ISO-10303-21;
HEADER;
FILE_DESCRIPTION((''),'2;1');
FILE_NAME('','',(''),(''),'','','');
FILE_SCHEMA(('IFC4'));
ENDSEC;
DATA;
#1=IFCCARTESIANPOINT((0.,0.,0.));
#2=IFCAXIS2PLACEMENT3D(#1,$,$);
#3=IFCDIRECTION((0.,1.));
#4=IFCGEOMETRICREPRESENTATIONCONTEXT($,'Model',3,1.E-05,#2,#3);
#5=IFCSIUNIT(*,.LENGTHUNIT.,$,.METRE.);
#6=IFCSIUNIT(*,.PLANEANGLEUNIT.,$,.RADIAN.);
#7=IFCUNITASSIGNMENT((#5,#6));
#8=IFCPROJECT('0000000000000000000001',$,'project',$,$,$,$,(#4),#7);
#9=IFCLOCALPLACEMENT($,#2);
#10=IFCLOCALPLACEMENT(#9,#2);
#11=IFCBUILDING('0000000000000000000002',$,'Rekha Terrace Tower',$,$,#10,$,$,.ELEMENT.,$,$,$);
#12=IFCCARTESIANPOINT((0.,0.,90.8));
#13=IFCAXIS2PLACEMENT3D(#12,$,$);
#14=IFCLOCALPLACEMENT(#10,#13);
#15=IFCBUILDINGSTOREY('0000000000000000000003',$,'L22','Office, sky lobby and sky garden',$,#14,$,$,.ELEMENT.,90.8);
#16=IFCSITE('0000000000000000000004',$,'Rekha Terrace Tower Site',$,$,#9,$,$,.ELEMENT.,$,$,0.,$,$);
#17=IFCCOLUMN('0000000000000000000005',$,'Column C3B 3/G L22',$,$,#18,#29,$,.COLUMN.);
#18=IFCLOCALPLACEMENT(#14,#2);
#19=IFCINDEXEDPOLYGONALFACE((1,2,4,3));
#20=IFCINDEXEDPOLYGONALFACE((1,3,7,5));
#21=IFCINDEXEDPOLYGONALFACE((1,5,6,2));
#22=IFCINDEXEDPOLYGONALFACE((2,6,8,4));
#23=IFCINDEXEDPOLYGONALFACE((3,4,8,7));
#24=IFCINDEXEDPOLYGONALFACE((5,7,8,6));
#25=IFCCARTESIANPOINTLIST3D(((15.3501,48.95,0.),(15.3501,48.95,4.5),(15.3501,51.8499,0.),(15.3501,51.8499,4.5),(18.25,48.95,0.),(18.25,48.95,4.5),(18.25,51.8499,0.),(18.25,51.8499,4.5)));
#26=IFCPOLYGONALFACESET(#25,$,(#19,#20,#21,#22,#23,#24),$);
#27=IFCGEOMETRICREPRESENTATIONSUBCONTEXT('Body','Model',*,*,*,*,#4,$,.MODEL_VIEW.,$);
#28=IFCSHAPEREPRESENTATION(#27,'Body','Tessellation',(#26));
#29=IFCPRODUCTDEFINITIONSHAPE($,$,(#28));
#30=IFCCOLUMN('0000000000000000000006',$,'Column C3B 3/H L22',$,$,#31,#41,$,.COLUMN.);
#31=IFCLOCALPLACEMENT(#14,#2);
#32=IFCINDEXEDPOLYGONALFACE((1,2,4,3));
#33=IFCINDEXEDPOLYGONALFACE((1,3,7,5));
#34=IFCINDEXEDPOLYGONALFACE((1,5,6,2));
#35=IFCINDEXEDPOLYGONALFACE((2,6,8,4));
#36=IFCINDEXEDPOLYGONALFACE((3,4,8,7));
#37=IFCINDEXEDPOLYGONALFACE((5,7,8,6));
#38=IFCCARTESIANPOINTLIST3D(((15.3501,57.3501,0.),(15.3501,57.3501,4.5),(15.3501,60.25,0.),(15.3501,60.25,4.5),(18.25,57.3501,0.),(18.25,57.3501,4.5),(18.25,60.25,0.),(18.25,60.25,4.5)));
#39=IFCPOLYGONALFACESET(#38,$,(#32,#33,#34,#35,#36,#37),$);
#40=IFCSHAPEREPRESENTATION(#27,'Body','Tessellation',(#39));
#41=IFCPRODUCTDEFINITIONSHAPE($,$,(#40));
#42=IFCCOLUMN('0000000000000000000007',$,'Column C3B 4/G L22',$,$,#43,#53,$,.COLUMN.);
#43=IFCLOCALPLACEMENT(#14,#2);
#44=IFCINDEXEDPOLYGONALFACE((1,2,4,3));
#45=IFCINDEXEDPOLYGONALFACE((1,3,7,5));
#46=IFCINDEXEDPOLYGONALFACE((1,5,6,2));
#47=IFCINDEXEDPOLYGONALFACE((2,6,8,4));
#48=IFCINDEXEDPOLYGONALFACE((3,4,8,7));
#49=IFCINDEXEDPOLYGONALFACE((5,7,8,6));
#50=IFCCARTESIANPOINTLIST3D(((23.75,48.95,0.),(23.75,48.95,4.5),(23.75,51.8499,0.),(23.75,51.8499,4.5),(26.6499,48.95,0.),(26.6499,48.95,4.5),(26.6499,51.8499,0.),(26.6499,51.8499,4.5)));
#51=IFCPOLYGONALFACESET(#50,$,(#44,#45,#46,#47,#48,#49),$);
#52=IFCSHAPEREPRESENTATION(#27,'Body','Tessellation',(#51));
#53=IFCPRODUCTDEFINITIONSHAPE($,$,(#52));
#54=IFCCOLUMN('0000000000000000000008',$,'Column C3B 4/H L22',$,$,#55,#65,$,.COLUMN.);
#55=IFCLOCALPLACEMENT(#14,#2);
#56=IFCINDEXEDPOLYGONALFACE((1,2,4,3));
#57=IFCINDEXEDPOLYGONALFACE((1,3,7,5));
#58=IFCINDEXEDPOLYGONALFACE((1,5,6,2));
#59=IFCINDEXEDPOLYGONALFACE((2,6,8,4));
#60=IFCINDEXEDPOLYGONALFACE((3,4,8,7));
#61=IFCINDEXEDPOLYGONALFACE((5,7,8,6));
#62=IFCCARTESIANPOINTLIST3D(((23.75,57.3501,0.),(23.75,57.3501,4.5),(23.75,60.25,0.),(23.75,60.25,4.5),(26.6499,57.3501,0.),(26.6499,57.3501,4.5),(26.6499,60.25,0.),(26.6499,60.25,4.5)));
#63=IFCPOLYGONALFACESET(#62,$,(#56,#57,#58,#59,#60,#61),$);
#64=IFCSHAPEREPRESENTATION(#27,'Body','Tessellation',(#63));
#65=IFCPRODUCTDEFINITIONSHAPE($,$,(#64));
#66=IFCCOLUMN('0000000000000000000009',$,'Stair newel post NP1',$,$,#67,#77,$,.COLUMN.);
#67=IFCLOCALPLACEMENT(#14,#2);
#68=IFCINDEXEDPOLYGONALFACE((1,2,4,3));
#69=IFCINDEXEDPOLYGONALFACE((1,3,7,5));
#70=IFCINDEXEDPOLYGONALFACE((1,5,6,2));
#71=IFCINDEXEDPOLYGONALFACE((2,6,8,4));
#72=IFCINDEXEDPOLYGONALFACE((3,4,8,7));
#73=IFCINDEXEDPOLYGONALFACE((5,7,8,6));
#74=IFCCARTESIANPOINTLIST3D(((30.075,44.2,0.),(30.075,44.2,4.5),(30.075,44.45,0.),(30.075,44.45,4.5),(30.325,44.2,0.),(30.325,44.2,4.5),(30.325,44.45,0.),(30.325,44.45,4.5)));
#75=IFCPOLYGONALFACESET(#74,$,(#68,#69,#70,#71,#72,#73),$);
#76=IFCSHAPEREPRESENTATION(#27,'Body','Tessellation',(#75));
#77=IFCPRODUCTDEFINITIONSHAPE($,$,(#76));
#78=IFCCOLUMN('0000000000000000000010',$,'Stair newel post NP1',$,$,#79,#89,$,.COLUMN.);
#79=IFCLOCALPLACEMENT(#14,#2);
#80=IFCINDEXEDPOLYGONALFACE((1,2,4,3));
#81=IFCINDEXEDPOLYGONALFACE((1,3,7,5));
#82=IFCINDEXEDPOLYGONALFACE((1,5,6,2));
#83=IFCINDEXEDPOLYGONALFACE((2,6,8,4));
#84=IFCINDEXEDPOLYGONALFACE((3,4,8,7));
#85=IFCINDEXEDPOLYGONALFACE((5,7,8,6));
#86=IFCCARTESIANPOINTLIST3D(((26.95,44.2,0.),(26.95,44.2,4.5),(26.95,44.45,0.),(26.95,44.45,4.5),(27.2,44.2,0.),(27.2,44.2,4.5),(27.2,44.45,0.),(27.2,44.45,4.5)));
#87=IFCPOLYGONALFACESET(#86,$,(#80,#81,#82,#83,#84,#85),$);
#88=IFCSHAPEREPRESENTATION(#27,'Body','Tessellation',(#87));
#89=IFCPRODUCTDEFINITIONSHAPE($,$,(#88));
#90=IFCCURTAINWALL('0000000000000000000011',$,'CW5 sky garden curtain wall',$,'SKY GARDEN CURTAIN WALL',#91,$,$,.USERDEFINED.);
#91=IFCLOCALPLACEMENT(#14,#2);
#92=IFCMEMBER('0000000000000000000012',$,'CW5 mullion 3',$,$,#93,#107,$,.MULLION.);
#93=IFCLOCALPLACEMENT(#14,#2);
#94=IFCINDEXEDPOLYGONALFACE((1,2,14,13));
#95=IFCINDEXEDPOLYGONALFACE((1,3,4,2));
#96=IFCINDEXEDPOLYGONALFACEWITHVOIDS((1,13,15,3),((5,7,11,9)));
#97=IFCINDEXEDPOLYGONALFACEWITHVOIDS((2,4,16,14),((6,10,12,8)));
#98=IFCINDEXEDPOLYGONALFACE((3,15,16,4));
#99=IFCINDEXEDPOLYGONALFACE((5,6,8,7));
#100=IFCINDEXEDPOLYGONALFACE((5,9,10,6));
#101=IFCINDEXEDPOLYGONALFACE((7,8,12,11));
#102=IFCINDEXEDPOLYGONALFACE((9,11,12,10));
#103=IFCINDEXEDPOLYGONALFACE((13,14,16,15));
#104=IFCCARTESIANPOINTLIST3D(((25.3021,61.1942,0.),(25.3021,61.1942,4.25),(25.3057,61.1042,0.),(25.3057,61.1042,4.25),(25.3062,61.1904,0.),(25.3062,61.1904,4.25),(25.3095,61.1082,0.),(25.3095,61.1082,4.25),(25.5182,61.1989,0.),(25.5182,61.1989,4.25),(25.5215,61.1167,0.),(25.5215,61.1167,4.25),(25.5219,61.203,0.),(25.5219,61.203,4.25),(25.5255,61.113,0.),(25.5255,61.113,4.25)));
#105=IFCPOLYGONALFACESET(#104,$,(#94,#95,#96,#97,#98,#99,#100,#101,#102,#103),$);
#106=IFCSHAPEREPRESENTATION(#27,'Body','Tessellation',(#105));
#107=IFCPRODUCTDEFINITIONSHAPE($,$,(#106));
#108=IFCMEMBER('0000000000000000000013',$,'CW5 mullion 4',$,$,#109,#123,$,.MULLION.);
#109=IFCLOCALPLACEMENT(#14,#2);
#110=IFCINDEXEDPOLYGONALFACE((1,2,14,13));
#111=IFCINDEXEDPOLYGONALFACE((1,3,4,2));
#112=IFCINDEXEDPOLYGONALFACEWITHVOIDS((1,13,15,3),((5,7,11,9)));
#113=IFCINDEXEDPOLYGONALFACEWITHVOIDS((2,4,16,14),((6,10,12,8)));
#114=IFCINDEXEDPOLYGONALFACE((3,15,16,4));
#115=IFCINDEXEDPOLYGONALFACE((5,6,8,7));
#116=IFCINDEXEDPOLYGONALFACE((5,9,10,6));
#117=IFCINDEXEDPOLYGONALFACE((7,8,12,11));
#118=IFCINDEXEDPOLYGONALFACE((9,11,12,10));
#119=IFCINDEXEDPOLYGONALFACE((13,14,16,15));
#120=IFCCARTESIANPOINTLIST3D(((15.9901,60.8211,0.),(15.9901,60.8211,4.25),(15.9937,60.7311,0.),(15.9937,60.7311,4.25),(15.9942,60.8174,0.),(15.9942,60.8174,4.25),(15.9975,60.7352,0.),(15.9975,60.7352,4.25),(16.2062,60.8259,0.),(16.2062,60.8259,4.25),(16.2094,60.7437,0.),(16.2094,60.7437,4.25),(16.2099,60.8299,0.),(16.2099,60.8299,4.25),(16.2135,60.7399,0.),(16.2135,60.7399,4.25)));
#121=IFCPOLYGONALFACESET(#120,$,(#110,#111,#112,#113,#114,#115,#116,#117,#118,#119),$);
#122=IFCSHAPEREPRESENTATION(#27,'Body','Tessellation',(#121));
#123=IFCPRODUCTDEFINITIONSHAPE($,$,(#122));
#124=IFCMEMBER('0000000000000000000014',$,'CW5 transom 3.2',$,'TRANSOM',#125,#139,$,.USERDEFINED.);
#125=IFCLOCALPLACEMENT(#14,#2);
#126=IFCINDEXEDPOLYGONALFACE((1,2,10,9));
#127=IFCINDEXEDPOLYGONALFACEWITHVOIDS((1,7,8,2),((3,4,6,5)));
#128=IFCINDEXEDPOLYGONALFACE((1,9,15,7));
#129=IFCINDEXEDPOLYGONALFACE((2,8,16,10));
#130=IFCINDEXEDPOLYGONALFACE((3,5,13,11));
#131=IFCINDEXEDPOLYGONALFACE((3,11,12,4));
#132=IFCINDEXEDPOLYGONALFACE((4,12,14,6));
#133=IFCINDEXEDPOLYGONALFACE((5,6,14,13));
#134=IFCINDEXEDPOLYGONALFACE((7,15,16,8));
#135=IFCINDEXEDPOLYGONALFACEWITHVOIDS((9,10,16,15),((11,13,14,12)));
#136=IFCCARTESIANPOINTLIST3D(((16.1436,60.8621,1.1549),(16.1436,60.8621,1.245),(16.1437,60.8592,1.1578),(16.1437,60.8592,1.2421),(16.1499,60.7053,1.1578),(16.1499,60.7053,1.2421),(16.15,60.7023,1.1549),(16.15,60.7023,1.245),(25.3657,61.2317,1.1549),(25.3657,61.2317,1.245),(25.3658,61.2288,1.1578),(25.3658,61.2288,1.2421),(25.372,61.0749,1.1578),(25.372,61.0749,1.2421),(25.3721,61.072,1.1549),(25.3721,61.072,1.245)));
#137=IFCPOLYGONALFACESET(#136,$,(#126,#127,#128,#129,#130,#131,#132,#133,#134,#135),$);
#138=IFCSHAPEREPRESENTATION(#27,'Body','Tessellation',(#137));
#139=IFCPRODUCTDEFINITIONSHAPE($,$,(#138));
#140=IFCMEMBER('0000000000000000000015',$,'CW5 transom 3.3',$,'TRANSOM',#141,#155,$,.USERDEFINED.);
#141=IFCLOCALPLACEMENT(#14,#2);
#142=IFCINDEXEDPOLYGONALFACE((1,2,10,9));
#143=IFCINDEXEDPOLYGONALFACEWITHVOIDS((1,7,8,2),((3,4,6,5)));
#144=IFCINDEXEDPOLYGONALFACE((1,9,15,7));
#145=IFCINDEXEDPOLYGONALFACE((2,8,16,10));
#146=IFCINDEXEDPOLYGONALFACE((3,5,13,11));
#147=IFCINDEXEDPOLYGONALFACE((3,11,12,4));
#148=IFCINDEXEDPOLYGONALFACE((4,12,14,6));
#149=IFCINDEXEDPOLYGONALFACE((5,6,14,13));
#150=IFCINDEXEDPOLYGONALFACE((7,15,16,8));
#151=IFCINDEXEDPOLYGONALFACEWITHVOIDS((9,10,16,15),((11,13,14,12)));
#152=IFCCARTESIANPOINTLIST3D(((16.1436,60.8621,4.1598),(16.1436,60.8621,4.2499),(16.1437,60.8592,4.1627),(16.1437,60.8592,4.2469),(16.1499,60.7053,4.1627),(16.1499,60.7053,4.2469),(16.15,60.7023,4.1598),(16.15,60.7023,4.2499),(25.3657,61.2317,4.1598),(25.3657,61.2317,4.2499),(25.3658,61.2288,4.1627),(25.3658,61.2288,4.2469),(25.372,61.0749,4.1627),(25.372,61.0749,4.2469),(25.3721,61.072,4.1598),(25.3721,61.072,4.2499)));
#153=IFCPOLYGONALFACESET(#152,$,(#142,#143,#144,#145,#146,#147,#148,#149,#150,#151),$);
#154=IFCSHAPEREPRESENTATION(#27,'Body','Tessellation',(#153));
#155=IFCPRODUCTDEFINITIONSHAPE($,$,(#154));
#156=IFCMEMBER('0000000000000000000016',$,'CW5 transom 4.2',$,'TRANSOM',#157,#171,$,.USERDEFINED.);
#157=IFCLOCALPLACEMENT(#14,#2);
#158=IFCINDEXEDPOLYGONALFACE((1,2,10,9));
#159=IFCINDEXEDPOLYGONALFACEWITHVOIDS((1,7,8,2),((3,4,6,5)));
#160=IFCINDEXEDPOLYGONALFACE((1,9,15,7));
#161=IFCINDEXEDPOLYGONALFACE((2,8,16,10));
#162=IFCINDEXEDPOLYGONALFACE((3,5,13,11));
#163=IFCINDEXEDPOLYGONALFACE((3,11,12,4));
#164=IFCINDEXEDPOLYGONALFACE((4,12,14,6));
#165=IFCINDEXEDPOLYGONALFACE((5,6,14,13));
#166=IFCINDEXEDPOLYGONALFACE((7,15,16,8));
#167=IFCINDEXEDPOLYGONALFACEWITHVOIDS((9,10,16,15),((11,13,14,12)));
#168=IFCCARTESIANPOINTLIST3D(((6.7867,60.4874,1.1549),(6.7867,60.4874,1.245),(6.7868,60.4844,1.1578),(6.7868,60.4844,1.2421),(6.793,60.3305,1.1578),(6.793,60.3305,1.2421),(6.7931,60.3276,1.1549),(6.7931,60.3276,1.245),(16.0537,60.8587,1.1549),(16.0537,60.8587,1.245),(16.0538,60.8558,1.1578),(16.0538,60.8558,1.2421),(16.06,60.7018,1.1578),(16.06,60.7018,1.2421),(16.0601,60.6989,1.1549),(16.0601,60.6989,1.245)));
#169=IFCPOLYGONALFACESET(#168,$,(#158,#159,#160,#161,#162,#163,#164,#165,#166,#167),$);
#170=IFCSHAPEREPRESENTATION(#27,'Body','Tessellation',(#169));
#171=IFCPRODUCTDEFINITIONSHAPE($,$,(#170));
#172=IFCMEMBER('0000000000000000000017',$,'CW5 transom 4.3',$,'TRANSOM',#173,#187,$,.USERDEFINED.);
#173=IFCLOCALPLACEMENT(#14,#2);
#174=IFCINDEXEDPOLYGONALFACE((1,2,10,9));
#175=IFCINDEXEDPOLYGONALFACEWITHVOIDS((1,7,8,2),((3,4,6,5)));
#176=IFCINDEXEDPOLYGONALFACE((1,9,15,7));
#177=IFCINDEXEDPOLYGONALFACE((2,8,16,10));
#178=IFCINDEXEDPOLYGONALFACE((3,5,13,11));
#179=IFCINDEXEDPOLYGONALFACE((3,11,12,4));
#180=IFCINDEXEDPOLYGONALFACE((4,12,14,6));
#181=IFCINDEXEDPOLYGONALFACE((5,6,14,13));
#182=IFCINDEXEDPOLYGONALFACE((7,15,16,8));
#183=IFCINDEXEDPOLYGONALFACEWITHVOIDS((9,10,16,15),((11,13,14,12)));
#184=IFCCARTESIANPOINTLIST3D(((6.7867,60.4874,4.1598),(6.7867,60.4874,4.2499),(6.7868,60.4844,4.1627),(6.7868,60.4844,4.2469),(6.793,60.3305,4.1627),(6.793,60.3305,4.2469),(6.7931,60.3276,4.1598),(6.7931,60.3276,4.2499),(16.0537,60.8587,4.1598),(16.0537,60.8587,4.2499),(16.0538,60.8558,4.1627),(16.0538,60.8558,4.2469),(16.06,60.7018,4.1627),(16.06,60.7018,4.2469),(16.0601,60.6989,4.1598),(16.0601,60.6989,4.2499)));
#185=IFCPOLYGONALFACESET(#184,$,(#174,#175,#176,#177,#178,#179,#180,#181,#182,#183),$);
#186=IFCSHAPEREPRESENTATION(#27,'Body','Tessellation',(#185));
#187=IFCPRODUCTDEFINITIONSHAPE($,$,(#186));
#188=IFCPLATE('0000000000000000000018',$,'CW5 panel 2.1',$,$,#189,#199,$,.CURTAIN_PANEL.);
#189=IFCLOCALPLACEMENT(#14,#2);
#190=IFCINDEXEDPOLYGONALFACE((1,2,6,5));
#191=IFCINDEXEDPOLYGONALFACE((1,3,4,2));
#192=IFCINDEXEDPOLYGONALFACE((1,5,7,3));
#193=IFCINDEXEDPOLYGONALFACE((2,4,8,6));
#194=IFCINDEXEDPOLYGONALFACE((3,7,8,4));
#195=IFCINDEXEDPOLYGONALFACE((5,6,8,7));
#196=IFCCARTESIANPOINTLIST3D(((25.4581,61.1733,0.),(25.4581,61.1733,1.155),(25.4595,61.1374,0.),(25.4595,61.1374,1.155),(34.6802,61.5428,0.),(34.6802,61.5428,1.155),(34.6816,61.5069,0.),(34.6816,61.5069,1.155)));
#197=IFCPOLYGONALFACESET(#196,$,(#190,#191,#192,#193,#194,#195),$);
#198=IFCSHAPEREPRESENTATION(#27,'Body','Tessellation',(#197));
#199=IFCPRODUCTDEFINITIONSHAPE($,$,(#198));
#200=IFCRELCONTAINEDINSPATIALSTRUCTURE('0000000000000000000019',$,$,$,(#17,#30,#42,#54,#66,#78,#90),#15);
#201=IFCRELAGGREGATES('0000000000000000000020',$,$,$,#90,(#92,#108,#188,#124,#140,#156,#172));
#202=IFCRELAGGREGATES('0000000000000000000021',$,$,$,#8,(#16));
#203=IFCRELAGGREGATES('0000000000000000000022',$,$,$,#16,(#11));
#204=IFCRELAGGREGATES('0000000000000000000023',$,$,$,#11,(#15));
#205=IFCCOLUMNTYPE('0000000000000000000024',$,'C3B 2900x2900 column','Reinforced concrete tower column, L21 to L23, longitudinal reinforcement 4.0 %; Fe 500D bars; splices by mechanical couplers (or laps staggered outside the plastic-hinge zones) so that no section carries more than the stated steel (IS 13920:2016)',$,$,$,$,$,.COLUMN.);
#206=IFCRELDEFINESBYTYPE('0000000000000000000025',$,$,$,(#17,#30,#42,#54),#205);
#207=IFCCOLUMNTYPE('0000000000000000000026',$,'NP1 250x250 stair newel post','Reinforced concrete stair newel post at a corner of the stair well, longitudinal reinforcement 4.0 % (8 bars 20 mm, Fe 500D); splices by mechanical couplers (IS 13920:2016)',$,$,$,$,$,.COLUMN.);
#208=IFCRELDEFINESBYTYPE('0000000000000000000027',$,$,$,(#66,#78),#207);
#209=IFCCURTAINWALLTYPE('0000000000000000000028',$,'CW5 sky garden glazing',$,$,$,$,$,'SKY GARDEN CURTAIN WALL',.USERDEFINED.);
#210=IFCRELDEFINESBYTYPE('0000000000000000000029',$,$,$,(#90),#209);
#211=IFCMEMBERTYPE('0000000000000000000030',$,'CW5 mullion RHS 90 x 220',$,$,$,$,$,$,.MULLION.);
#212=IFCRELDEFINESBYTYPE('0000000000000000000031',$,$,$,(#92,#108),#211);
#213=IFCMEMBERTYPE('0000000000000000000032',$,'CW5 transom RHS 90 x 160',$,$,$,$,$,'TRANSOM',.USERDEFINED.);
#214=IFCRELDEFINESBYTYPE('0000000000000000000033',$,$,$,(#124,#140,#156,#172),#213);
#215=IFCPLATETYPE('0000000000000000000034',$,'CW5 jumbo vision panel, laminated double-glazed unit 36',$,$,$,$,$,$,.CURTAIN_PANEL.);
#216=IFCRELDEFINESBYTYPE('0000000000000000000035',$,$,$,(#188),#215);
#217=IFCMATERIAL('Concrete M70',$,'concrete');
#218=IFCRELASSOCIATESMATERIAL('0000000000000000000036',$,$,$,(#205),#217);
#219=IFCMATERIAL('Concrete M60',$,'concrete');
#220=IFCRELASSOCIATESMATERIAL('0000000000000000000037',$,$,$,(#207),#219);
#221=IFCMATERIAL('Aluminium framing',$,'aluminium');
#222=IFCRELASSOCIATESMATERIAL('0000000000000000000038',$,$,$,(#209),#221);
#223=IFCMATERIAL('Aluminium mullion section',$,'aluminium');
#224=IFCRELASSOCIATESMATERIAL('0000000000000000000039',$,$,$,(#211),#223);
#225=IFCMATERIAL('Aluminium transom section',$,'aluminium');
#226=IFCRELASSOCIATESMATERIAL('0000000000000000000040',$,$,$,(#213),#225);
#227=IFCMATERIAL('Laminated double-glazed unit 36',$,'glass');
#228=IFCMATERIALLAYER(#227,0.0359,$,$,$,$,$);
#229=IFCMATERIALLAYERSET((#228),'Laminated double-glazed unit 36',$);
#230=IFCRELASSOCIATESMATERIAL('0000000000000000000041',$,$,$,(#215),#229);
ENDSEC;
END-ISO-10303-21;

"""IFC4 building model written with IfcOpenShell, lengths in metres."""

from ifc_helpers import new_model, si_unit, direction, frame, origin, origin_2d, place, context, subcontext, project, spatial, rectangle, hollow_rectangle, extrude, material, layer, layer_set, material_profile, profile_set, type_object, element, aggregate, save


model = new_model("IFC4")

# Units and contexts
model_context = context("Model", 3, precision=1e-05, world=origin(), true_north=direction((0.0, 1.0)))
body_context = subcontext(model_context, "Body", "Model", "MODEL_VIEW")
ifc_project = project(units=[si_unit("LENGTHUNIT", "METRE"), si_unit("PLANEANGLEUNIT", "RADIAN")], contexts=[model_context])

# Site, building, storey
site_placement = place(None, origin())
site = spatial("IfcSite", under=ifc_project, at=site_placement, Name="Rekha Terrace Tower Site", CompositionType="ELEMENT", RefElevation=0.0)
building_placement = place(site_placement, origin())
building = spatial("IfcBuilding", under=site, at=building_placement, Name="Rekha Terrace Tower", CompositionType="ELEMENT")
storey_placement = place(building_placement, frame((0.0, 0.0, 90.8)))
storey = spatial("IfcBuildingStorey", under=building, at=storey_placement, Name="L22", Description="Office, sky lobby and sky garden", CompositionType="ELEMENT", Elevation=90.8)

# Columns
ifc_material_1 = material(Name="Concrete M70", Category="concrete")
ifc_material_profile_1 = material_profile(ifc_material_1, rectangle(XDim=2.8999, YDim=2.8999, at=origin_2d()), Name="RC 2900x2900")
ifc_profile_set_1 = profile_set([ifc_material_profile_1], Name="Concrete M70")
column_type_1 = type_object("IfcColumnType", Name="C3B 2900x2900 column", Description="Reinforced concrete tower column, L21 to L23, longitudinal reinforcement 4.0 %; Fe 500D bars; splices by mechanical couplers (or laps staggered outside the plastic-hinge zones) so that no section carries more than the stated steel (IS 13920:2016)", PredefinedType="COLUMN", material=ifc_profile_set_1)
for number, where, z_axis, x_axis, name in (
    (1, (16.8, 50.3999, 0.0), (0.0, 0.0, 1.0), (1.0, 0.0, 0.0), "Column C3B 3/G L22"),
    (2, (16.8, 58.8, 0.0), (0.0, 0.0, 1.0), (1.0, 0.0, 0.0), "Column C3B 3/H L22"),
    (3, (25.2, 50.3999, 0.0), (0.0, 0.0, 1.0), (1.0, 0.0, 0.0), "Column C3B 4/G L22"),
    (4, (25.2, 58.8, 0.0), (0.0, 0.0, 1.0), (1.0, 0.0, 0.0), "Column C3B 4/H L22"),
):
    element("IfcColumn", number, at=place(storey_placement, frame(where, z_axis=z_axis, x_axis=x_axis)), inside=storey, type_object=column_type_1, Name=name, PredefinedType="COLUMN", context=body_context, shape_type="SweptSolid", body=[
        extrude(rectangle(XDim=2.8999, YDim=2.8999, at=origin_2d()), origin(), (0.0, 0.0, 1.0), 4.5),
    ])
ifc_material_2 = material(Name="Concrete M60", Category="concrete")
ifc_material_profile_2 = material_profile(ifc_material_2, rectangle(XDim=0.25, YDim=0.25, at=origin_2d()), Name="RC 250x250")
ifc_profile_set_2 = profile_set([ifc_material_profile_2], Name="Concrete M60")
column_type_2 = type_object("IfcColumnType", Name="NP1 250x250 stair newel post", Description="Reinforced concrete stair newel post at a corner of the stair well, longitudinal reinforcement 4.0 % (8 bars 20 mm, Fe 500D); splices by mechanical couplers (IS 13920:2016)", PredefinedType="COLUMN", material=ifc_profile_set_2)
for number, where, z_axis, x_axis, name in (
    (5, (30.2, 44.325, 0.0), (0.0, 0.0, 1.0), (1.0, 0.0, 0.0), "Stair newel post NP1"),
    (6, (27.075, 44.325, 0.0), (0.0, 0.0, 1.0), (1.0, 0.0, 0.0), "Stair newel post NP1"),
):
    element("IfcColumn", number, at=place(storey_placement, frame(where, z_axis=z_axis, x_axis=x_axis)), inside=storey, type_object=column_type_2, Name=name, PredefinedType="COLUMN", context=body_context, shape_type="SweptSolid", body=[
        extrude(rectangle(XDim=0.25, YDim=0.25, at=origin_2d()), origin(), (0.0, 0.0, 1.0), 4.5),
    ])

# Curtain wall, members, plate
ifc_material_3 = material(Name="Aluminium framing", Category="aluminium")
curtain_wall_type = type_object("IfcCurtainWallType", Name="CW5 sky garden glazing", ElementType="SKY GARDEN CURTAIN WALL", PredefinedType="USERDEFINED", material=ifc_material_3)
curtain_wall_placement = place(storey_placement, origin())
curtain_wall = element("IfcCurtainWall", 7, at=curtain_wall_placement, inside=storey, type_object=curtain_wall_type, Name="CW5 sky garden curtain wall", ObjectType="SKY GARDEN CURTAIN WALL", PredefinedType="USERDEFINED")
ifc_material_4 = material(Name="Aluminium mullion section", Category="aluminium")
ifc_material_profile_3 = material_profile(ifc_material_4, hollow_rectangle(XDim=0.0901, YDim=0.22, WallThickness=0.0039, at=origin_2d()), Name="AL RHS 90x220")
ifc_profile_set_3 = profile_set([ifc_material_profile_3], Name="Aluminium mullion section")
member_type_1 = type_object("IfcMemberType", Name="CW5 mullion RHS 90 x 220", PredefinedType="MULLION", material=ifc_profile_set_3)
member_1_placement = place(storey_placement, frame((25.4138, 61.1536, 0.0), z_axis=(0.0, 0.0, 1.0), x_axis=(0.040032, -0.999198, 0.0)))
member_1 = element("IfcMember", 8, at=member_1_placement, type_object=member_type_1, Name="CW5 mullion 3", PredefinedType="MULLION", context=body_context, shape_type="SweptSolid", body=[
    extrude(hollow_rectangle(XDim=0.0901, YDim=0.22, WallThickness=0.0039, at=origin_2d()), origin(), (0.0, 0.0, 1.0), 4.25),
])
member_2_placement = place(storey_placement, frame((16.1018, 60.7805, 0.0), z_axis=(0.0, 0.0, 1.0), x_axis=(0.040032, -0.999198, 0.0)))
member_2 = element("IfcMember", 9, at=member_2_placement, type_object=member_type_1, Name="CW5 mullion 4", PredefinedType="MULLION", context=body_context, shape_type="SweptSolid", body=[
    extrude(hollow_rectangle(XDim=0.0901, YDim=0.22, WallThickness=0.0039, at=origin_2d()), origin(), (0.0, 0.0, 1.0), 4.25),
])
ifc_material_5 = material(Name="Aluminium transom section", Category="aluminium")
ifc_material_profile_4 = material_profile(ifc_material_5, hollow_rectangle(XDim=0.1599, YDim=0.0901, WallThickness=0.0029, at=origin_2d()), Name="AL RHS 160x90")
ifc_profile_set_4 = profile_set([ifc_material_profile_4], Name="Aluminium transom section")
member_type_2 = type_object("IfcMemberType", Name="CW5 transom RHS 90 x 160", ElementType="TRANSOM", PredefinedType="USERDEFINED", material=ifc_profile_set_4)
member_3_placement = place(storey_placement, frame((25.3689, 61.1519, 1.2), z_axis=(-0.999198, -0.040048, 0.0), x_axis=(0.040048, -0.999198, 0.0)))
member_3 = element("IfcMember", 10, at=member_3_placement, type_object=member_type_2, Name="CW5 transom 3.2", ObjectType="TRANSOM", PredefinedType="USERDEFINED", context=body_context, shape_type="SweptSolid", body=[
    extrude(hollow_rectangle(XDim=0.1599, YDim=0.0901, WallThickness=0.0029, at=origin_2d()), origin(), (0.0, 0.0, 1.0), 9.2295),
])
member_4_placement = place(storey_placement, frame((25.3689, 61.1519, 4.2048), z_axis=(-0.999198, -0.040048, 0.0), x_axis=(0.040048, -0.999198, 0.0)))
member_4 = element("IfcMember", 11, at=member_4_placement, type_object=member_type_2, Name="CW5 transom 3.3", ObjectType="TRANSOM", PredefinedType="USERDEFINED", context=body_context, shape_type="SweptSolid", body=[
    extrude(hollow_rectangle(XDim=0.1599, YDim=0.0901, WallThickness=0.0029, at=origin_2d()), origin(), (0.0, 0.0, 1.0), 9.2295),
])
member_5_placement = place(storey_placement, frame((16.0569, 60.7788, 1.2), z_axis=(-0.999198, -0.040038, 0.0), x_axis=(0.040038, -0.999198, 0.0)))
member_5 = element("IfcMember", 12, at=member_5_placement, type_object=member_type_2, Name="CW5 transom 4.2", ObjectType="TRANSOM", PredefinedType="USERDEFINED", context=body_context, shape_type="SweptSolid", body=[
    extrude(hollow_rectangle(XDim=0.1599, YDim=0.0901, WallThickness=0.0029, at=origin_2d()), origin(), (0.0, 0.0, 1.0), 9.2744),
])
member_6_placement = place(storey_placement, frame((16.0569, 60.7788, 4.2048), z_axis=(-0.999198, -0.040038, 0.0), x_axis=(0.040038, -0.999198, 0.0)))
member_6 = element("IfcMember", 13, at=member_6_placement, type_object=member_type_2, Name="CW5 transom 4.3", ObjectType="TRANSOM", PredefinedType="USERDEFINED", context=body_context, shape_type="SweptSolid", body=[
    extrude(hollow_rectangle(XDim=0.1599, YDim=0.0901, WallThickness=0.0029, at=origin_2d()), origin(), (0.0, 0.0, 1.0), 9.2744),
])
ifc_material_6 = material(Name="Laminated double-glazed unit 36", Category="glass")
ifc_layer_1 = layer(ifc_material_6, 0.0359)
ifc_layer_set_1 = layer_set([ifc_layer_1], Name="Laminated double-glazed unit 36")
plate_type = type_object("IfcPlateType", Name="CW5 jumbo vision panel, laminated double-glazed unit 36", PredefinedType="CURTAIN_PANEL", material=ifc_layer_set_1)
plate_1_placement = place(storey_placement, frame((30.0698, 61.3401, 0.0), z_axis=(0.0, 0.0, 1.0), x_axis=(-0.999198, -0.040032, 0.0)))
plate_1 = element("IfcPlate", 14, at=plate_1_placement, type_object=plate_type, Name="CW5 panel 2.1", PredefinedType="CURTAIN_PANEL", context=body_context, shape_type="SweptSolid", body=[
    extrude(rectangle(XDim=9.2295, YDim=0.0359, at=origin_2d()), origin(), (0.0, 0.0, 1.0), 1.155),
])
aggregate(curtain_wall, [member_1, member_2, plate_1, member_3, member_4, member_5, member_6])

save(model, "model.ifc")
